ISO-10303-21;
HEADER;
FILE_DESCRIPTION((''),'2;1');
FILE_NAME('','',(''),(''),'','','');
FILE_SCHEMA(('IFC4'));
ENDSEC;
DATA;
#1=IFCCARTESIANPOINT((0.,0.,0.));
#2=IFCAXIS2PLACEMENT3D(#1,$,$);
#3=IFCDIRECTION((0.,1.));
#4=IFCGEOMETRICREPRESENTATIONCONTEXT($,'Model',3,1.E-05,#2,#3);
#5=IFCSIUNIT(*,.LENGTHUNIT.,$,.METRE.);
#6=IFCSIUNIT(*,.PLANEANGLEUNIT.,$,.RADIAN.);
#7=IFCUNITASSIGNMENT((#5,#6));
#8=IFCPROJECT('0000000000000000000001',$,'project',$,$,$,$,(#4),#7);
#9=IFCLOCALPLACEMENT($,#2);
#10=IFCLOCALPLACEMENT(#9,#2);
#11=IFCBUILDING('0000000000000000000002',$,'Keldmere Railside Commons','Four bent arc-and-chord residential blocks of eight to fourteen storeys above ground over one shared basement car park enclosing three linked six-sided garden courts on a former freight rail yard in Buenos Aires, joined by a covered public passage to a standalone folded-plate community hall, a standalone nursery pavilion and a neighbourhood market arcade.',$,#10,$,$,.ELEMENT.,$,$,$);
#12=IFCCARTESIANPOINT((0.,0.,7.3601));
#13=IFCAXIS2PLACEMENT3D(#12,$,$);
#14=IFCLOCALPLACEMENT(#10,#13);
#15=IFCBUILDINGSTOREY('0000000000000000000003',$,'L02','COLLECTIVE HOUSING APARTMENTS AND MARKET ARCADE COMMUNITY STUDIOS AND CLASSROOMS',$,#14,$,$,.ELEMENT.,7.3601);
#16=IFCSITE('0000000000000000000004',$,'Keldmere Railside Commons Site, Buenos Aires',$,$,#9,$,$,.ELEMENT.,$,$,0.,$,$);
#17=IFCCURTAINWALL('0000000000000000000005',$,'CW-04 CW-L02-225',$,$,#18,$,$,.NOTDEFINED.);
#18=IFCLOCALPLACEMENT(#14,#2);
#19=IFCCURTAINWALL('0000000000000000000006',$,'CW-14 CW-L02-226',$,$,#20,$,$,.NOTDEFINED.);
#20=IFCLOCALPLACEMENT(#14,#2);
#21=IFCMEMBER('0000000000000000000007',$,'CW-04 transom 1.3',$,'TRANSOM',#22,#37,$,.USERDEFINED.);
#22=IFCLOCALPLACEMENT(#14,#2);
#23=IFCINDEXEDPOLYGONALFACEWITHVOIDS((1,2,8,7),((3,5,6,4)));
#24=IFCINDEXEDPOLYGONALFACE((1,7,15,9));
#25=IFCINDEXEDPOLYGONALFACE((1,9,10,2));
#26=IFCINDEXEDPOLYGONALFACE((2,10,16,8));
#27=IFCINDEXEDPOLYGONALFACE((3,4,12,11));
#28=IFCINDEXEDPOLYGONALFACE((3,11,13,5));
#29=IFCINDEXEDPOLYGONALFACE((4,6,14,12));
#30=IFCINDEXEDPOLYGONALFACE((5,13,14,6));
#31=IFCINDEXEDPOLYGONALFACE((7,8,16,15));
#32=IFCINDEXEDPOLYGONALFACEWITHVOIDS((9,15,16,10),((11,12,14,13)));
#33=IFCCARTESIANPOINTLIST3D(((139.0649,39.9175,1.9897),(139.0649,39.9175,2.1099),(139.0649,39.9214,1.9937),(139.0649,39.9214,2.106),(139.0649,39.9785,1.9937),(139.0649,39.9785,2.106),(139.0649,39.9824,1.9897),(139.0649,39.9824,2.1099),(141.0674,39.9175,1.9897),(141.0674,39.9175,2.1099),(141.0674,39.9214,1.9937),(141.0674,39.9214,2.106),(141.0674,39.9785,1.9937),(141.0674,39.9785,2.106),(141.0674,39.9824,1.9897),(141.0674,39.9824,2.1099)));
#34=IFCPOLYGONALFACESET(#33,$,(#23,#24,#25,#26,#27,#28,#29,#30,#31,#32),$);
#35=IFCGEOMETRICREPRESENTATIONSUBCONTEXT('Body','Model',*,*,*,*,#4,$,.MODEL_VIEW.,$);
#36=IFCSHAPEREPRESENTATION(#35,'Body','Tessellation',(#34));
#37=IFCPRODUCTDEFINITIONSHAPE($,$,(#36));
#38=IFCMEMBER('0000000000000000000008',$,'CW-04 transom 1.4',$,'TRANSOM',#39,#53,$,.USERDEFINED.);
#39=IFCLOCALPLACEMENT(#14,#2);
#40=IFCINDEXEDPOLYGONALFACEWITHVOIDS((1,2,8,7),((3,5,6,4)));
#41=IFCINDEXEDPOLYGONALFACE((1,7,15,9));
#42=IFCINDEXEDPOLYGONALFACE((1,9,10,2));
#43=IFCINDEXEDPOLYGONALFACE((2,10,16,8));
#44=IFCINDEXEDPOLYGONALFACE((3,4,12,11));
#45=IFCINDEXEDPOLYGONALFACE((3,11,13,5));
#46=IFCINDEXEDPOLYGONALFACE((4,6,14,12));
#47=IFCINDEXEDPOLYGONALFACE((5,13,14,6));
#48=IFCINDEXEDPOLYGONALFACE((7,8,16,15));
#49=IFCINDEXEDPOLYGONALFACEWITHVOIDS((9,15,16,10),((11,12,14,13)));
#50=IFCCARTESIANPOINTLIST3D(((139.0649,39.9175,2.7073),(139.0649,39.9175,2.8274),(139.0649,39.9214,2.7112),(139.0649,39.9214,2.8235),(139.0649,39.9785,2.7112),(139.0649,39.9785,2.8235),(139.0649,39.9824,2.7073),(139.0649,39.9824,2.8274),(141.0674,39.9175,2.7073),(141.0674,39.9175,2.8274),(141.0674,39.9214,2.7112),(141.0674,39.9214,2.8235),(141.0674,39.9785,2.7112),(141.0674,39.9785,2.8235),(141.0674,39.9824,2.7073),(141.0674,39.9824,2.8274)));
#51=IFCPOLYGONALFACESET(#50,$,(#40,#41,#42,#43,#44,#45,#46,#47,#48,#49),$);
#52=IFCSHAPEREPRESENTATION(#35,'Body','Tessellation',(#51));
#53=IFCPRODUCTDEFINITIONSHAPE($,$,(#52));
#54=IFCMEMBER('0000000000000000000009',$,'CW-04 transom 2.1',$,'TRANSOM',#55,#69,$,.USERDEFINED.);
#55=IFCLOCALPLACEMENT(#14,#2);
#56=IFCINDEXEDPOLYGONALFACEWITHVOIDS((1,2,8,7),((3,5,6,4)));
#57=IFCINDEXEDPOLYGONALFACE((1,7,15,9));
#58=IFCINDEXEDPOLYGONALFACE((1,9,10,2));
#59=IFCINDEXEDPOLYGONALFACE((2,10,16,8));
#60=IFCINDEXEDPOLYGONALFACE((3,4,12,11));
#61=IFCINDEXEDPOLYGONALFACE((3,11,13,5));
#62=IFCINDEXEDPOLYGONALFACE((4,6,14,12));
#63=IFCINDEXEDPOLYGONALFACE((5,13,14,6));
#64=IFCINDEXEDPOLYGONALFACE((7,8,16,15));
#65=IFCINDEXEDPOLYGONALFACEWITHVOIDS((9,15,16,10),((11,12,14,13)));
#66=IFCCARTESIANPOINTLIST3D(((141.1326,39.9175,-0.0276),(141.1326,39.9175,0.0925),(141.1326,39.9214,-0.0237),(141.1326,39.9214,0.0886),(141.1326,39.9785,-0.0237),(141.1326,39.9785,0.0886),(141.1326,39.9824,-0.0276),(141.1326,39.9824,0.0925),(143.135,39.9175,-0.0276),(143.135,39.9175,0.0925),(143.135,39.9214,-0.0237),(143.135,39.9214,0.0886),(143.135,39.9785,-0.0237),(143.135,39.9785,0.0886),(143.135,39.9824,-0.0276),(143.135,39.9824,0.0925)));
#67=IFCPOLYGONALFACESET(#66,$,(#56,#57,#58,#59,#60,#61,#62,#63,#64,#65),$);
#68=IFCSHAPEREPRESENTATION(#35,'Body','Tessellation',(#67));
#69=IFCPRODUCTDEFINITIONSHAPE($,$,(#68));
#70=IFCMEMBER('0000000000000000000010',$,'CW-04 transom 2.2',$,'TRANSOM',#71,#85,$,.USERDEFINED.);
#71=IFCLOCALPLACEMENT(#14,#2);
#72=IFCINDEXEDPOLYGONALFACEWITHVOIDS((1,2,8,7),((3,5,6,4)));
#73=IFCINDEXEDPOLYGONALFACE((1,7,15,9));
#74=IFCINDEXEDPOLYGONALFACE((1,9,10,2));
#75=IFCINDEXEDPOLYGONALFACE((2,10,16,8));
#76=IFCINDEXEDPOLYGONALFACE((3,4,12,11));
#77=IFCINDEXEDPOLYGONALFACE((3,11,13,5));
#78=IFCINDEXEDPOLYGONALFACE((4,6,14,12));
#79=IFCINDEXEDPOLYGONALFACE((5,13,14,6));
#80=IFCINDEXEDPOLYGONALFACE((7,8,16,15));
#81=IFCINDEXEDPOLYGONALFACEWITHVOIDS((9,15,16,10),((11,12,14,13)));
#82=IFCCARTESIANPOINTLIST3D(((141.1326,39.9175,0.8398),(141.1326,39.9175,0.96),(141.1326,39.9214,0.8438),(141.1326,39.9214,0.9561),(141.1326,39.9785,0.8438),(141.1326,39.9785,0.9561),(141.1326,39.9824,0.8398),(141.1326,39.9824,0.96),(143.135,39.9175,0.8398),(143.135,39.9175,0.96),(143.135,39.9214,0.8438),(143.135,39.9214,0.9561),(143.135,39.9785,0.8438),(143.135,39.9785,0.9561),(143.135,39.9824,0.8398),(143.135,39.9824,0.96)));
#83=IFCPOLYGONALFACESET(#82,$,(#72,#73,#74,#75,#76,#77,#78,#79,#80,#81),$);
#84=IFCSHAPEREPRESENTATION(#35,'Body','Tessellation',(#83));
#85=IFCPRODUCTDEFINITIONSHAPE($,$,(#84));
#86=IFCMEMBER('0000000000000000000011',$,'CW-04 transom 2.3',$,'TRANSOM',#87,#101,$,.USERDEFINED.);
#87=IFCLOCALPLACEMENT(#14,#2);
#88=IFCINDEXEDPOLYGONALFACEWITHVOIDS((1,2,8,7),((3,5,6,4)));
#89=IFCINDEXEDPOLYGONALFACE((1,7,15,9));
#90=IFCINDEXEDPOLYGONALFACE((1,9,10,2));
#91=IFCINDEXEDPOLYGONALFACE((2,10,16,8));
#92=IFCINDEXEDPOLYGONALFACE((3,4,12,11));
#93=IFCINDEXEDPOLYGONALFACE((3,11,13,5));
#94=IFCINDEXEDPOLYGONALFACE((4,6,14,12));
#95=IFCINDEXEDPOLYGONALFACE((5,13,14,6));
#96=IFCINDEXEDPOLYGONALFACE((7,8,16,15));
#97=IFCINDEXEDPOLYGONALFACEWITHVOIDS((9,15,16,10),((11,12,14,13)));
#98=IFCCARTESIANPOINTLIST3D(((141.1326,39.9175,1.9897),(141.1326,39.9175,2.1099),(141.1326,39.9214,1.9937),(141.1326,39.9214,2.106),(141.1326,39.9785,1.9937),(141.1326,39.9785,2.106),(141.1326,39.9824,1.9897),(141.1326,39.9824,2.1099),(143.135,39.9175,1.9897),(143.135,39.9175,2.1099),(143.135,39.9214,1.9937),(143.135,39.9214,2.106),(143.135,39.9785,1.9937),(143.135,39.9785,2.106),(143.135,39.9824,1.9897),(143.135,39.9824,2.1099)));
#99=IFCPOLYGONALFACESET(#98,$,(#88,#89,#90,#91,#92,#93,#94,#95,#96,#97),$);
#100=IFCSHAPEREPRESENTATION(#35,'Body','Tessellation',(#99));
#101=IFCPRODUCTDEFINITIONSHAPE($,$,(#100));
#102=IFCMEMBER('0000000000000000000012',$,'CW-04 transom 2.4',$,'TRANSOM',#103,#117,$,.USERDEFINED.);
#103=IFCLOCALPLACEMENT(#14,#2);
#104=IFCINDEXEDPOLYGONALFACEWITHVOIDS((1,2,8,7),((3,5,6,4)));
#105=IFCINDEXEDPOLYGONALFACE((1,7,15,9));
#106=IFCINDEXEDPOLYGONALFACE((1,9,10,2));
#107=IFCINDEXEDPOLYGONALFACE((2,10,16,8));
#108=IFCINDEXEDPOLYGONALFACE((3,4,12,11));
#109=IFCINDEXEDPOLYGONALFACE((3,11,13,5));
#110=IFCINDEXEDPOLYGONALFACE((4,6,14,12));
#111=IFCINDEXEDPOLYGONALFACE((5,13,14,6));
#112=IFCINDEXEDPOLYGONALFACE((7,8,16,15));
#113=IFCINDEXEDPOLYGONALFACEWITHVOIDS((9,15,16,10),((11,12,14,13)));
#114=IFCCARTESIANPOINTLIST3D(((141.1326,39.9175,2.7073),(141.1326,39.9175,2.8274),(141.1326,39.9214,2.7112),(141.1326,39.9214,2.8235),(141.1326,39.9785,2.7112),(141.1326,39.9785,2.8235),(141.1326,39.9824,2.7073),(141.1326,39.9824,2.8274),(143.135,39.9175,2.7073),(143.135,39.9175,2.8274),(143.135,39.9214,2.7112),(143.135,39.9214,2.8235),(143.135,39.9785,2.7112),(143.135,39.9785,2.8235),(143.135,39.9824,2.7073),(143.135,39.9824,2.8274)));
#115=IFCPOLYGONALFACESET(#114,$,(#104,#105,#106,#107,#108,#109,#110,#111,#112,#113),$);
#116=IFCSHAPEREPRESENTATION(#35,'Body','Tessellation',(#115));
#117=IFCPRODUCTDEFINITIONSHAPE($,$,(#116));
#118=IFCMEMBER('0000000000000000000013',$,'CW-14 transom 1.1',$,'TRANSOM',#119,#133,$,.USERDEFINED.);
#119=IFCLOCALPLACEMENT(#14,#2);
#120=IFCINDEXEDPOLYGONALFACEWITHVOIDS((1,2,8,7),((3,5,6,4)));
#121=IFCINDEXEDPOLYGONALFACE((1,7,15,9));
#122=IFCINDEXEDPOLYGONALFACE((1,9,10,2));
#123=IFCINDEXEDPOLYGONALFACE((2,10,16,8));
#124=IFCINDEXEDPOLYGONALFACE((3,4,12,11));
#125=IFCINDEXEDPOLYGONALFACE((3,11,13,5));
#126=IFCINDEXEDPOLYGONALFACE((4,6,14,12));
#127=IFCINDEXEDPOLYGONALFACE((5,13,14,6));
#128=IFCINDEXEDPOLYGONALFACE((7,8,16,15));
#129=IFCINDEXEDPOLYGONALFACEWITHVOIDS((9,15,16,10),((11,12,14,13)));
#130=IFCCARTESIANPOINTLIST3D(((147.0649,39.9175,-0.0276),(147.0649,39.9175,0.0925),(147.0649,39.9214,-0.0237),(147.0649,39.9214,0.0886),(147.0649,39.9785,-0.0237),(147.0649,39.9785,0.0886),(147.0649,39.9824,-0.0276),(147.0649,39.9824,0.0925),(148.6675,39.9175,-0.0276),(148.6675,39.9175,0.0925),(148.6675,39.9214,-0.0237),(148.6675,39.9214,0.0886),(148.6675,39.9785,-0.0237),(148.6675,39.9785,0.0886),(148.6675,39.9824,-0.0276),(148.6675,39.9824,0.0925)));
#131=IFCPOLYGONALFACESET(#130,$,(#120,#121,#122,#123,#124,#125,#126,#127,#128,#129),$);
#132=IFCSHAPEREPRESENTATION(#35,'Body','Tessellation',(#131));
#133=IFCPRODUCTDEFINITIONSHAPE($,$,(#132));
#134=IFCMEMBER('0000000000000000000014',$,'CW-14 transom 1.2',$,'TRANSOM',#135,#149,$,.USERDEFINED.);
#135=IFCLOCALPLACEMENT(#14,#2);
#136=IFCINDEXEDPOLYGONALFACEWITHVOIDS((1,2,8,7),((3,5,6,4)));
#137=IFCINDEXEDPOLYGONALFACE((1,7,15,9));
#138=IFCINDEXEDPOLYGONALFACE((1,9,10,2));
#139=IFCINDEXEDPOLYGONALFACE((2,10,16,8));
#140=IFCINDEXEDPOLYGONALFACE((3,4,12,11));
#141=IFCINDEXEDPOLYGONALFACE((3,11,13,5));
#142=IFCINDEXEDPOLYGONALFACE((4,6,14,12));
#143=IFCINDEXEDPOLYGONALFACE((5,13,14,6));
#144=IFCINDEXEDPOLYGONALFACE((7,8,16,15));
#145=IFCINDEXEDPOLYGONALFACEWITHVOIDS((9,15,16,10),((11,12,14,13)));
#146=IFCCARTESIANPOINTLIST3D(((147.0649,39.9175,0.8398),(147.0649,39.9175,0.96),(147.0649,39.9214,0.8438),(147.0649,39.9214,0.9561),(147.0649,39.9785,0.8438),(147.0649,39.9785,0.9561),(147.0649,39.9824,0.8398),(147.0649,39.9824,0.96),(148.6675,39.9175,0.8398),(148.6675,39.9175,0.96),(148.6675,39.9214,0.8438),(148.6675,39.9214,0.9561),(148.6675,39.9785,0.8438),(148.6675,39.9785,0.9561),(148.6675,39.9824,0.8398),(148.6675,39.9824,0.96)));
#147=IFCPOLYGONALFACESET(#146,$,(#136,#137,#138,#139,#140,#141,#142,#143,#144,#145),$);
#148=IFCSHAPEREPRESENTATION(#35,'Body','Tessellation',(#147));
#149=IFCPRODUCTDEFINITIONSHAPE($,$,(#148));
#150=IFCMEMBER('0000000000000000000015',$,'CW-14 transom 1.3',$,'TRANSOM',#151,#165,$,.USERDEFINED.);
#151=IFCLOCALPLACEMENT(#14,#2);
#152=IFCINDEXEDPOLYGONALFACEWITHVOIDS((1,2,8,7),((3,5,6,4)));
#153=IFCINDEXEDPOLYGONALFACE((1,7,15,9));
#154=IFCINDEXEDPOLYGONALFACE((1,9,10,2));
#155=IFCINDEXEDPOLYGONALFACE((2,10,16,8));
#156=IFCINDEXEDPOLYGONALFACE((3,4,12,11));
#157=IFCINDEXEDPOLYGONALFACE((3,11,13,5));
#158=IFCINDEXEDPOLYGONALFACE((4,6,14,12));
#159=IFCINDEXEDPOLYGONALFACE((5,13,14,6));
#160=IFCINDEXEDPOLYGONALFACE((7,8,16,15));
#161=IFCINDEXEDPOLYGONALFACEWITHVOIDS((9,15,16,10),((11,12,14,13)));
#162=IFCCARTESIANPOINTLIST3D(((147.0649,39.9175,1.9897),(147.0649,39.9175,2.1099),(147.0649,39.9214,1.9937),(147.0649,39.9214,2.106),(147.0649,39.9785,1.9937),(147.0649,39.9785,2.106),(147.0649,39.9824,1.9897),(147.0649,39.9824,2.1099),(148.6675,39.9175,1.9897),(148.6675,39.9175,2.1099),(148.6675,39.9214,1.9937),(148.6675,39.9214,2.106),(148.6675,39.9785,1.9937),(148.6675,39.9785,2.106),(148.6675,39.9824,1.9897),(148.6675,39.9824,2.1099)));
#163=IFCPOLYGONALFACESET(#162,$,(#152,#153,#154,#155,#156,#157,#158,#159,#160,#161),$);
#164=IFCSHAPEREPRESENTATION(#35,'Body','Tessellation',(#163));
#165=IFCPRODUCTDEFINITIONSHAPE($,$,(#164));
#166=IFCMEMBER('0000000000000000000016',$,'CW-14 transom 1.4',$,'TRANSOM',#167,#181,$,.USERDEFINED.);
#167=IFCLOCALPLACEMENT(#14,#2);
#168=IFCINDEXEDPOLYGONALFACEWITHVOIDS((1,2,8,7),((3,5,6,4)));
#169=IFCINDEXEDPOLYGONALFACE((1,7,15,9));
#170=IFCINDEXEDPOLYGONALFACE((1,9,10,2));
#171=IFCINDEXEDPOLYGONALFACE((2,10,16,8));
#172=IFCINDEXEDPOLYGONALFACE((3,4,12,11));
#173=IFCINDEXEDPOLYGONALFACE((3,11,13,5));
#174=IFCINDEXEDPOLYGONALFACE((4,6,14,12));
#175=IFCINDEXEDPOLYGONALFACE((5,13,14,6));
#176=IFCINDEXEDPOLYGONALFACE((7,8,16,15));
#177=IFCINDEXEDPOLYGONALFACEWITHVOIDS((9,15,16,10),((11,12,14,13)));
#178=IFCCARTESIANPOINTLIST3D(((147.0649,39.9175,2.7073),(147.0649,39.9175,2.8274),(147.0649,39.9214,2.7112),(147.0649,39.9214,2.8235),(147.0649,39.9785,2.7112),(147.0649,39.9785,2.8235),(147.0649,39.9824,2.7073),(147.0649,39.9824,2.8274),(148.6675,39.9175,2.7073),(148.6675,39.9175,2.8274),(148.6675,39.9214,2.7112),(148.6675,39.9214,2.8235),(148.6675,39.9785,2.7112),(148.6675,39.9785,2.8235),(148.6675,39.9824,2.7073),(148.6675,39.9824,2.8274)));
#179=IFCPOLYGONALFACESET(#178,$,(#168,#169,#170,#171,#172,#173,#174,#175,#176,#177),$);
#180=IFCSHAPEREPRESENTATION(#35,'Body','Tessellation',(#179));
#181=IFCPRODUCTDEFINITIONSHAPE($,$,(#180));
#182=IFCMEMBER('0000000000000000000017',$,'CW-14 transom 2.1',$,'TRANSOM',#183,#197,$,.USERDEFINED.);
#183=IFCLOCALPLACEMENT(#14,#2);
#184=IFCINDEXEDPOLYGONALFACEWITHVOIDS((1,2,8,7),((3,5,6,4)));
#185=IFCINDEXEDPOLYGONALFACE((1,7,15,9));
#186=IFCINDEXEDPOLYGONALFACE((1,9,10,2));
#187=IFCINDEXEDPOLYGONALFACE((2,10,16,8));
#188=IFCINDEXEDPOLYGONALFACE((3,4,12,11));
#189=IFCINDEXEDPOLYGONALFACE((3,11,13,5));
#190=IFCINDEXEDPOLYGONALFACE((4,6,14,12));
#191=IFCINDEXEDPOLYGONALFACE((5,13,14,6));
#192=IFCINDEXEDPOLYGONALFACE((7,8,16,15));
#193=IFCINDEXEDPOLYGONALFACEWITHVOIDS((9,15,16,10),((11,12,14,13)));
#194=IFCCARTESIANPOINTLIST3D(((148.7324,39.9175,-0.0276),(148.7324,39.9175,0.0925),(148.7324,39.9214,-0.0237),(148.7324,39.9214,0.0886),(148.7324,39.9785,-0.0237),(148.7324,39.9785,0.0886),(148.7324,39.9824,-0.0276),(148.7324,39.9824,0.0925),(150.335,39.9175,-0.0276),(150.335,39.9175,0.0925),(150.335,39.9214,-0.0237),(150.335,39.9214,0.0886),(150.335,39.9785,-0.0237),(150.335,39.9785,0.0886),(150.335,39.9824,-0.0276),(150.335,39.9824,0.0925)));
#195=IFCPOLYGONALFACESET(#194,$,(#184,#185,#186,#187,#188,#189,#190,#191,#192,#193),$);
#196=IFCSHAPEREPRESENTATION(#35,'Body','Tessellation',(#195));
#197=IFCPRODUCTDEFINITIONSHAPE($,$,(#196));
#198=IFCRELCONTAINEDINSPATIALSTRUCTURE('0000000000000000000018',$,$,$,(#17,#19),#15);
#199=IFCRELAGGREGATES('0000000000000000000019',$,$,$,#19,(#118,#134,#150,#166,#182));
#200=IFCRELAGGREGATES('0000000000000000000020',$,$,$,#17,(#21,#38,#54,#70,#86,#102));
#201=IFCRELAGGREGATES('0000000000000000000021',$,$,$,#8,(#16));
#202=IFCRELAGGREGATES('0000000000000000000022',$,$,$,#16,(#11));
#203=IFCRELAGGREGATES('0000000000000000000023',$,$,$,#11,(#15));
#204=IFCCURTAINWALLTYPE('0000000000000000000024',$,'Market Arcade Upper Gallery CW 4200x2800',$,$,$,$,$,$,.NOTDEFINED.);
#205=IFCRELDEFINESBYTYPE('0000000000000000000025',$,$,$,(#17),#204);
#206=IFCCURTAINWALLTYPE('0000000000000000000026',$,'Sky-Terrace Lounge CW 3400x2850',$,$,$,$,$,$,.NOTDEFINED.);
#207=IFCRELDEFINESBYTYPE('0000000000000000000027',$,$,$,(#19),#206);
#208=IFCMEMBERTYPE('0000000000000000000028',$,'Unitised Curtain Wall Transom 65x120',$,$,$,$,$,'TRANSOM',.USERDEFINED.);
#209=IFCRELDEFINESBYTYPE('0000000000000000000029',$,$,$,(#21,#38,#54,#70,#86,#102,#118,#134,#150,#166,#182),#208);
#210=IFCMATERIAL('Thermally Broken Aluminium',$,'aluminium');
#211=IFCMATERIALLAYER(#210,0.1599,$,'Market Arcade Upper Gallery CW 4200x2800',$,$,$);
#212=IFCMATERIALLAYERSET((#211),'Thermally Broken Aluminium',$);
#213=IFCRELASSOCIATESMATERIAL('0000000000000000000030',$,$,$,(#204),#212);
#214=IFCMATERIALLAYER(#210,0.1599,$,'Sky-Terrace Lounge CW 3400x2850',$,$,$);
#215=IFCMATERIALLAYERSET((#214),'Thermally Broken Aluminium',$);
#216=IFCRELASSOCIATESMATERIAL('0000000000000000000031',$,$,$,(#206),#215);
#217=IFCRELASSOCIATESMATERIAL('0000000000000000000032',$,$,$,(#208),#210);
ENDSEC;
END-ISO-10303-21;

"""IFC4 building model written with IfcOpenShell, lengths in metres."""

from ifc_helpers import new_model, si_unit, direction, frame, origin, origin_2d, place, context, subcontext, project, spatial, hollow_rectangle, extrude, material, layer, layer_set, material_profile, profile_set, type_object, element, aggregate, save


model = new_model("IFC4")

# Units and contexts
model_context = context("Model", 3, precision=1e-05, world=origin(), true_north=direction((0.0, 1.0)))
body_context = subcontext(model_context, "Body", "Model", "MODEL_VIEW")
ifc_project = project(units=[si_unit("LENGTHUNIT", "METRE"), si_unit("PLANEANGLEUNIT", "RADIAN")], contexts=[model_context])

# Site, building, storey
site_placement = place(None, origin())
site = spatial("IfcSite", under=ifc_project, at=site_placement, Name="Keldmere Railside Commons Site, Buenos Aires", CompositionType="ELEMENT", RefElevation=0.0)
building_placement = place(site_placement, origin())
building = spatial("IfcBuilding", under=site, at=building_placement, Name="Keldmere Railside Commons", Description="Four bent arc-and-chord residential blocks of eight to fourteen storeys above ground over one shared basement car park enclosing three linked six-sided garden courts on a former freight rail yard in Buenos Aires, joined by a covered public passage to a standalone folded-plate community hall, a standalone nursery pavilion and a neighbourhood market arcade.", CompositionType="ELEMENT")
storey_placement = place(building_placement, frame((0.0, 0.0, 7.3601)))
storey = spatial("IfcBuildingStorey", under=building, at=storey_placement, Name="L02", Description="COLLECTIVE HOUSING APARTMENTS AND MARKET ARCADE COMMUNITY STUDIOS AND CLASSROOMS", CompositionType="ELEMENT", Elevation=7.3601)

# Shared definitions
ifc_material_1 = material(Name="Thermally Broken Aluminium", Category="aluminium")

# Curtain walls
ifc_layer_1 = layer(ifc_material_1, 0.1599, Name="Market Arcade Upper Gallery CW 4200x2800")
ifc_layer_set_1 = layer_set([ifc_layer_1], Name="Thermally Broken Aluminium")
curtain_wall_type_1 = type_object("IfcCurtainWallType", Name="Market Arcade Upper Gallery CW 4200x2800", PredefinedType="NOTDEFINED", material=ifc_layer_set_1)
curtain_wall_1_placement = place(storey_placement, origin())
curtain_wall_1 = element("IfcCurtainWall", 1, at=curtain_wall_1_placement, inside=storey, type_object=curtain_wall_type_1, Name="CW-04 CW-L02-225", PredefinedType="NOTDEFINED")
ifc_layer_2 = layer(ifc_material_1, 0.1599, Name="Sky-Terrace Lounge CW 3400x2850")
ifc_layer_set_2 = layer_set([ifc_layer_2], Name="Thermally Broken Aluminium")
curtain_wall_type_2 = type_object("IfcCurtainWallType", Name="Sky-Terrace Lounge CW 3400x2850", PredefinedType="NOTDEFINED", material=ifc_layer_set_2)
curtain_wall_2_placement = place(storey_placement, origin())
curtain_wall_2 = element("IfcCurtainWall", 2, at=curtain_wall_2_placement, inside=storey, type_object=curtain_wall_type_2, Name="CW-14 CW-L02-226", PredefinedType="NOTDEFINED")

# Members
ifc_material_profile_1 = material_profile(ifc_material_1, hollow_rectangle(XDim=0.0649, YDim=0.1201, WallThickness=0.0039, at=origin_2d()), Name="ALU-TRAN-65x120")
ifc_profile_set_1 = profile_set([ifc_material_profile_1], Name="Thermally Broken Aluminium")
member_type_1 = type_object("IfcMemberType", Name="Unitised Curtain Wall Transom 65x120", ElementType="TRANSOM", PredefinedType="USERDEFINED", material=ifc_profile_set_1)
member_1_placement = place(storey_placement, frame((139.0649, 39.95, 2.0498), z_axis=(1.0, 0.0, 0.0), x_axis=(0.0, 1.0, 0.0)))
member_1 = element("IfcMember", 3, at=member_1_placement, type_object=member_type_1, Name="CW-04 transom 1.3", ObjectType="TRANSOM", PredefinedType="USERDEFINED", context=body_context, shape_type="SweptSolid", body=[
    extrude(hollow_rectangle(XDim=0.0649, YDim=0.1201, WallThickness=0.0039, at=origin_2d()), origin(), (0.0, 0.0, 1.0), 2.0024),
])
member_2_placement = place(storey_placement, frame((139.0649, 39.95, 2.7673), z_axis=(1.0, 0.0, 0.0), x_axis=(0.0, 1.0, 0.0)))
member_2 = element("IfcMember", 4, at=member_2_placement, type_object=member_type_1, Name="CW-04 transom 1.4", ObjectType="TRANSOM", PredefinedType="USERDEFINED", context=body_context, shape_type="SweptSolid", body=[
    extrude(hollow_rectangle(XDim=0.0649, YDim=0.1201, WallThickness=0.0039, at=origin_2d()), origin(), (0.0, 0.0, 1.0), 2.0024),
])
member_3_placement = place(storey_placement, frame((141.1326, 39.95, 0.0325), z_axis=(1.0, 0.0, 0.0), x_axis=(0.0, 1.0, 0.0)))
member_3 = element("IfcMember", 5, at=member_3_placement, type_object=member_type_1, Name="CW-04 transom 2.1", ObjectType="TRANSOM", PredefinedType="USERDEFINED", context=body_context, shape_type="SweptSolid", body=[
    extrude(hollow_rectangle(XDim=0.0649, YDim=0.1201, WallThickness=0.0039, at=origin_2d()), origin(), (0.0, 0.0, 1.0), 2.0024),
])
member_4_placement = place(storey_placement, frame((141.1326, 39.95, 0.8999), z_axis=(1.0, 0.0, 0.0), x_axis=(0.0, 1.0, 0.0)))
member_4 = element("IfcMember", 6, at=member_4_placement, type_object=member_type_1, Name="CW-04 transom 2.2", ObjectType="TRANSOM", PredefinedType="USERDEFINED", context=body_context, shape_type="SweptSolid", body=[
    extrude(hollow_rectangle(XDim=0.0649, YDim=0.1201, WallThickness=0.0039, at=origin_2d()), origin(), (0.0, 0.0, 1.0), 2.0024),
])
member_5_placement = place(storey_placement, frame((141.1326, 39.95, 2.0498), z_axis=(1.0, 0.0, 0.0), x_axis=(0.0, 1.0, 0.0)))
member_5 = element("IfcMember", 7, at=member_5_placement, type_object=member_type_1, Name="CW-04 transom 2.3", ObjectType="TRANSOM", PredefinedType="USERDEFINED", context=body_context, shape_type="SweptSolid", body=[
    extrude(hollow_rectangle(XDim=0.0649, YDim=0.1201, WallThickness=0.0039, at=origin_2d()), origin(), (0.0, 0.0, 1.0), 2.0024),
])
member_6_placement = place(storey_placement, frame((141.1326, 39.95, 2.7673), z_axis=(1.0, 0.0, 0.0), x_axis=(0.0, 1.0, 0.0)))
member_6 = element("IfcMember", 8, at=member_6_placement, type_object=member_type_1, Name="CW-04 transom 2.4", ObjectType="TRANSOM", PredefinedType="USERDEFINED", context=body_context, shape_type="SweptSolid", body=[
    extrude(hollow_rectangle(XDim=0.0649, YDim=0.1201, WallThickness=0.0039, at=origin_2d()), origin(), (0.0, 0.0, 1.0), 2.0024),
])
member_7_placement = place(storey_placement, frame((147.0649, 39.95, 0.0325), z_axis=(1.0, 0.0, 0.0), x_axis=(0.0, 1.0, 0.0)))
member_7 = element("IfcMember", 9, at=member_7_placement, type_object=member_type_1, Name="CW-14 transom 1.1", ObjectType="TRANSOM", PredefinedType="USERDEFINED", context=body_context, shape_type="SweptSolid", body=[
    extrude(hollow_rectangle(XDim=0.0649, YDim=0.1201, WallThickness=0.0039, at=origin_2d()), origin(), (0.0, 0.0, 1.0), 1.6025),
])
member_8_placement = place(storey_placement, frame((147.0649, 39.95, 0.8999), z_axis=(1.0, 0.0, 0.0), x_axis=(0.0, 1.0, 0.0)))
member_8 = element("IfcMember", 10, at=member_8_placement, type_object=member_type_1, Name="CW-14 transom 1.2", ObjectType="TRANSOM", PredefinedType="USERDEFINED", context=body_context, shape_type="SweptSolid", body=[
    extrude(hollow_rectangle(XDim=0.0649, YDim=0.1201, WallThickness=0.0039, at=origin_2d()), origin(), (0.0, 0.0, 1.0), 1.6025),
])
member_9_placement = place(storey_placement, frame((147.0649, 39.95, 2.0498), z_axis=(1.0, 0.0, 0.0), x_axis=(0.0, 1.0, 0.0)))
member_9 = element("IfcMember", 11, at=member_9_placement, type_object=member_type_1, Name="CW-14 transom 1.3", ObjectType="TRANSOM", PredefinedType="USERDEFINED", context=body_context, shape_type="SweptSolid", body=[
    extrude(hollow_rectangle(XDim=0.0649, YDim=0.1201, WallThickness=0.0039, at=origin_2d()), origin(), (0.0, 0.0, 1.0), 1.6025),
])
member_10_placement = place(storey_placement, frame((147.0649, 39.95, 2.7673), z_axis=(1.0, 0.0, 0.0), x_axis=(0.0, 1.0, 0.0)))
member_10 = element("IfcMember", 12, at=member_10_placement, type_object=member_type_1, Name="CW-14 transom 1.4", ObjectType="TRANSOM", PredefinedType="USERDEFINED", context=body_context, shape_type="SweptSolid", body=[
    extrude(hollow_rectangle(XDim=0.0649, YDim=0.1201, WallThickness=0.0039, at=origin_2d()), origin(), (0.0, 0.0, 1.0), 1.6025),
])
member_11_placement = place(storey_placement, frame((148.7324, 39.95, 0.0325), z_axis=(1.0, 0.0, 0.0), x_axis=(0.0, 1.0, 0.0)))
member_11 = element("IfcMember", 13, at=member_11_placement, type_object=member_type_1, Name="CW-14 transom 2.1", ObjectType="TRANSOM", PredefinedType="USERDEFINED", context=body_context, shape_type="SweptSolid", body=[
    extrude(hollow_rectangle(XDim=0.0649, YDim=0.1201, WallThickness=0.0039, at=origin_2d()), origin(), (0.0, 0.0, 1.0), 1.6025),
])

aggregate(curtain_wall_2, [member_7, member_8, member_9, member_10, member_11])
aggregate(curtain_wall_1, [member_1, member_2, member_3, member_4, member_5, member_6])

save(model, "model.ifc")
